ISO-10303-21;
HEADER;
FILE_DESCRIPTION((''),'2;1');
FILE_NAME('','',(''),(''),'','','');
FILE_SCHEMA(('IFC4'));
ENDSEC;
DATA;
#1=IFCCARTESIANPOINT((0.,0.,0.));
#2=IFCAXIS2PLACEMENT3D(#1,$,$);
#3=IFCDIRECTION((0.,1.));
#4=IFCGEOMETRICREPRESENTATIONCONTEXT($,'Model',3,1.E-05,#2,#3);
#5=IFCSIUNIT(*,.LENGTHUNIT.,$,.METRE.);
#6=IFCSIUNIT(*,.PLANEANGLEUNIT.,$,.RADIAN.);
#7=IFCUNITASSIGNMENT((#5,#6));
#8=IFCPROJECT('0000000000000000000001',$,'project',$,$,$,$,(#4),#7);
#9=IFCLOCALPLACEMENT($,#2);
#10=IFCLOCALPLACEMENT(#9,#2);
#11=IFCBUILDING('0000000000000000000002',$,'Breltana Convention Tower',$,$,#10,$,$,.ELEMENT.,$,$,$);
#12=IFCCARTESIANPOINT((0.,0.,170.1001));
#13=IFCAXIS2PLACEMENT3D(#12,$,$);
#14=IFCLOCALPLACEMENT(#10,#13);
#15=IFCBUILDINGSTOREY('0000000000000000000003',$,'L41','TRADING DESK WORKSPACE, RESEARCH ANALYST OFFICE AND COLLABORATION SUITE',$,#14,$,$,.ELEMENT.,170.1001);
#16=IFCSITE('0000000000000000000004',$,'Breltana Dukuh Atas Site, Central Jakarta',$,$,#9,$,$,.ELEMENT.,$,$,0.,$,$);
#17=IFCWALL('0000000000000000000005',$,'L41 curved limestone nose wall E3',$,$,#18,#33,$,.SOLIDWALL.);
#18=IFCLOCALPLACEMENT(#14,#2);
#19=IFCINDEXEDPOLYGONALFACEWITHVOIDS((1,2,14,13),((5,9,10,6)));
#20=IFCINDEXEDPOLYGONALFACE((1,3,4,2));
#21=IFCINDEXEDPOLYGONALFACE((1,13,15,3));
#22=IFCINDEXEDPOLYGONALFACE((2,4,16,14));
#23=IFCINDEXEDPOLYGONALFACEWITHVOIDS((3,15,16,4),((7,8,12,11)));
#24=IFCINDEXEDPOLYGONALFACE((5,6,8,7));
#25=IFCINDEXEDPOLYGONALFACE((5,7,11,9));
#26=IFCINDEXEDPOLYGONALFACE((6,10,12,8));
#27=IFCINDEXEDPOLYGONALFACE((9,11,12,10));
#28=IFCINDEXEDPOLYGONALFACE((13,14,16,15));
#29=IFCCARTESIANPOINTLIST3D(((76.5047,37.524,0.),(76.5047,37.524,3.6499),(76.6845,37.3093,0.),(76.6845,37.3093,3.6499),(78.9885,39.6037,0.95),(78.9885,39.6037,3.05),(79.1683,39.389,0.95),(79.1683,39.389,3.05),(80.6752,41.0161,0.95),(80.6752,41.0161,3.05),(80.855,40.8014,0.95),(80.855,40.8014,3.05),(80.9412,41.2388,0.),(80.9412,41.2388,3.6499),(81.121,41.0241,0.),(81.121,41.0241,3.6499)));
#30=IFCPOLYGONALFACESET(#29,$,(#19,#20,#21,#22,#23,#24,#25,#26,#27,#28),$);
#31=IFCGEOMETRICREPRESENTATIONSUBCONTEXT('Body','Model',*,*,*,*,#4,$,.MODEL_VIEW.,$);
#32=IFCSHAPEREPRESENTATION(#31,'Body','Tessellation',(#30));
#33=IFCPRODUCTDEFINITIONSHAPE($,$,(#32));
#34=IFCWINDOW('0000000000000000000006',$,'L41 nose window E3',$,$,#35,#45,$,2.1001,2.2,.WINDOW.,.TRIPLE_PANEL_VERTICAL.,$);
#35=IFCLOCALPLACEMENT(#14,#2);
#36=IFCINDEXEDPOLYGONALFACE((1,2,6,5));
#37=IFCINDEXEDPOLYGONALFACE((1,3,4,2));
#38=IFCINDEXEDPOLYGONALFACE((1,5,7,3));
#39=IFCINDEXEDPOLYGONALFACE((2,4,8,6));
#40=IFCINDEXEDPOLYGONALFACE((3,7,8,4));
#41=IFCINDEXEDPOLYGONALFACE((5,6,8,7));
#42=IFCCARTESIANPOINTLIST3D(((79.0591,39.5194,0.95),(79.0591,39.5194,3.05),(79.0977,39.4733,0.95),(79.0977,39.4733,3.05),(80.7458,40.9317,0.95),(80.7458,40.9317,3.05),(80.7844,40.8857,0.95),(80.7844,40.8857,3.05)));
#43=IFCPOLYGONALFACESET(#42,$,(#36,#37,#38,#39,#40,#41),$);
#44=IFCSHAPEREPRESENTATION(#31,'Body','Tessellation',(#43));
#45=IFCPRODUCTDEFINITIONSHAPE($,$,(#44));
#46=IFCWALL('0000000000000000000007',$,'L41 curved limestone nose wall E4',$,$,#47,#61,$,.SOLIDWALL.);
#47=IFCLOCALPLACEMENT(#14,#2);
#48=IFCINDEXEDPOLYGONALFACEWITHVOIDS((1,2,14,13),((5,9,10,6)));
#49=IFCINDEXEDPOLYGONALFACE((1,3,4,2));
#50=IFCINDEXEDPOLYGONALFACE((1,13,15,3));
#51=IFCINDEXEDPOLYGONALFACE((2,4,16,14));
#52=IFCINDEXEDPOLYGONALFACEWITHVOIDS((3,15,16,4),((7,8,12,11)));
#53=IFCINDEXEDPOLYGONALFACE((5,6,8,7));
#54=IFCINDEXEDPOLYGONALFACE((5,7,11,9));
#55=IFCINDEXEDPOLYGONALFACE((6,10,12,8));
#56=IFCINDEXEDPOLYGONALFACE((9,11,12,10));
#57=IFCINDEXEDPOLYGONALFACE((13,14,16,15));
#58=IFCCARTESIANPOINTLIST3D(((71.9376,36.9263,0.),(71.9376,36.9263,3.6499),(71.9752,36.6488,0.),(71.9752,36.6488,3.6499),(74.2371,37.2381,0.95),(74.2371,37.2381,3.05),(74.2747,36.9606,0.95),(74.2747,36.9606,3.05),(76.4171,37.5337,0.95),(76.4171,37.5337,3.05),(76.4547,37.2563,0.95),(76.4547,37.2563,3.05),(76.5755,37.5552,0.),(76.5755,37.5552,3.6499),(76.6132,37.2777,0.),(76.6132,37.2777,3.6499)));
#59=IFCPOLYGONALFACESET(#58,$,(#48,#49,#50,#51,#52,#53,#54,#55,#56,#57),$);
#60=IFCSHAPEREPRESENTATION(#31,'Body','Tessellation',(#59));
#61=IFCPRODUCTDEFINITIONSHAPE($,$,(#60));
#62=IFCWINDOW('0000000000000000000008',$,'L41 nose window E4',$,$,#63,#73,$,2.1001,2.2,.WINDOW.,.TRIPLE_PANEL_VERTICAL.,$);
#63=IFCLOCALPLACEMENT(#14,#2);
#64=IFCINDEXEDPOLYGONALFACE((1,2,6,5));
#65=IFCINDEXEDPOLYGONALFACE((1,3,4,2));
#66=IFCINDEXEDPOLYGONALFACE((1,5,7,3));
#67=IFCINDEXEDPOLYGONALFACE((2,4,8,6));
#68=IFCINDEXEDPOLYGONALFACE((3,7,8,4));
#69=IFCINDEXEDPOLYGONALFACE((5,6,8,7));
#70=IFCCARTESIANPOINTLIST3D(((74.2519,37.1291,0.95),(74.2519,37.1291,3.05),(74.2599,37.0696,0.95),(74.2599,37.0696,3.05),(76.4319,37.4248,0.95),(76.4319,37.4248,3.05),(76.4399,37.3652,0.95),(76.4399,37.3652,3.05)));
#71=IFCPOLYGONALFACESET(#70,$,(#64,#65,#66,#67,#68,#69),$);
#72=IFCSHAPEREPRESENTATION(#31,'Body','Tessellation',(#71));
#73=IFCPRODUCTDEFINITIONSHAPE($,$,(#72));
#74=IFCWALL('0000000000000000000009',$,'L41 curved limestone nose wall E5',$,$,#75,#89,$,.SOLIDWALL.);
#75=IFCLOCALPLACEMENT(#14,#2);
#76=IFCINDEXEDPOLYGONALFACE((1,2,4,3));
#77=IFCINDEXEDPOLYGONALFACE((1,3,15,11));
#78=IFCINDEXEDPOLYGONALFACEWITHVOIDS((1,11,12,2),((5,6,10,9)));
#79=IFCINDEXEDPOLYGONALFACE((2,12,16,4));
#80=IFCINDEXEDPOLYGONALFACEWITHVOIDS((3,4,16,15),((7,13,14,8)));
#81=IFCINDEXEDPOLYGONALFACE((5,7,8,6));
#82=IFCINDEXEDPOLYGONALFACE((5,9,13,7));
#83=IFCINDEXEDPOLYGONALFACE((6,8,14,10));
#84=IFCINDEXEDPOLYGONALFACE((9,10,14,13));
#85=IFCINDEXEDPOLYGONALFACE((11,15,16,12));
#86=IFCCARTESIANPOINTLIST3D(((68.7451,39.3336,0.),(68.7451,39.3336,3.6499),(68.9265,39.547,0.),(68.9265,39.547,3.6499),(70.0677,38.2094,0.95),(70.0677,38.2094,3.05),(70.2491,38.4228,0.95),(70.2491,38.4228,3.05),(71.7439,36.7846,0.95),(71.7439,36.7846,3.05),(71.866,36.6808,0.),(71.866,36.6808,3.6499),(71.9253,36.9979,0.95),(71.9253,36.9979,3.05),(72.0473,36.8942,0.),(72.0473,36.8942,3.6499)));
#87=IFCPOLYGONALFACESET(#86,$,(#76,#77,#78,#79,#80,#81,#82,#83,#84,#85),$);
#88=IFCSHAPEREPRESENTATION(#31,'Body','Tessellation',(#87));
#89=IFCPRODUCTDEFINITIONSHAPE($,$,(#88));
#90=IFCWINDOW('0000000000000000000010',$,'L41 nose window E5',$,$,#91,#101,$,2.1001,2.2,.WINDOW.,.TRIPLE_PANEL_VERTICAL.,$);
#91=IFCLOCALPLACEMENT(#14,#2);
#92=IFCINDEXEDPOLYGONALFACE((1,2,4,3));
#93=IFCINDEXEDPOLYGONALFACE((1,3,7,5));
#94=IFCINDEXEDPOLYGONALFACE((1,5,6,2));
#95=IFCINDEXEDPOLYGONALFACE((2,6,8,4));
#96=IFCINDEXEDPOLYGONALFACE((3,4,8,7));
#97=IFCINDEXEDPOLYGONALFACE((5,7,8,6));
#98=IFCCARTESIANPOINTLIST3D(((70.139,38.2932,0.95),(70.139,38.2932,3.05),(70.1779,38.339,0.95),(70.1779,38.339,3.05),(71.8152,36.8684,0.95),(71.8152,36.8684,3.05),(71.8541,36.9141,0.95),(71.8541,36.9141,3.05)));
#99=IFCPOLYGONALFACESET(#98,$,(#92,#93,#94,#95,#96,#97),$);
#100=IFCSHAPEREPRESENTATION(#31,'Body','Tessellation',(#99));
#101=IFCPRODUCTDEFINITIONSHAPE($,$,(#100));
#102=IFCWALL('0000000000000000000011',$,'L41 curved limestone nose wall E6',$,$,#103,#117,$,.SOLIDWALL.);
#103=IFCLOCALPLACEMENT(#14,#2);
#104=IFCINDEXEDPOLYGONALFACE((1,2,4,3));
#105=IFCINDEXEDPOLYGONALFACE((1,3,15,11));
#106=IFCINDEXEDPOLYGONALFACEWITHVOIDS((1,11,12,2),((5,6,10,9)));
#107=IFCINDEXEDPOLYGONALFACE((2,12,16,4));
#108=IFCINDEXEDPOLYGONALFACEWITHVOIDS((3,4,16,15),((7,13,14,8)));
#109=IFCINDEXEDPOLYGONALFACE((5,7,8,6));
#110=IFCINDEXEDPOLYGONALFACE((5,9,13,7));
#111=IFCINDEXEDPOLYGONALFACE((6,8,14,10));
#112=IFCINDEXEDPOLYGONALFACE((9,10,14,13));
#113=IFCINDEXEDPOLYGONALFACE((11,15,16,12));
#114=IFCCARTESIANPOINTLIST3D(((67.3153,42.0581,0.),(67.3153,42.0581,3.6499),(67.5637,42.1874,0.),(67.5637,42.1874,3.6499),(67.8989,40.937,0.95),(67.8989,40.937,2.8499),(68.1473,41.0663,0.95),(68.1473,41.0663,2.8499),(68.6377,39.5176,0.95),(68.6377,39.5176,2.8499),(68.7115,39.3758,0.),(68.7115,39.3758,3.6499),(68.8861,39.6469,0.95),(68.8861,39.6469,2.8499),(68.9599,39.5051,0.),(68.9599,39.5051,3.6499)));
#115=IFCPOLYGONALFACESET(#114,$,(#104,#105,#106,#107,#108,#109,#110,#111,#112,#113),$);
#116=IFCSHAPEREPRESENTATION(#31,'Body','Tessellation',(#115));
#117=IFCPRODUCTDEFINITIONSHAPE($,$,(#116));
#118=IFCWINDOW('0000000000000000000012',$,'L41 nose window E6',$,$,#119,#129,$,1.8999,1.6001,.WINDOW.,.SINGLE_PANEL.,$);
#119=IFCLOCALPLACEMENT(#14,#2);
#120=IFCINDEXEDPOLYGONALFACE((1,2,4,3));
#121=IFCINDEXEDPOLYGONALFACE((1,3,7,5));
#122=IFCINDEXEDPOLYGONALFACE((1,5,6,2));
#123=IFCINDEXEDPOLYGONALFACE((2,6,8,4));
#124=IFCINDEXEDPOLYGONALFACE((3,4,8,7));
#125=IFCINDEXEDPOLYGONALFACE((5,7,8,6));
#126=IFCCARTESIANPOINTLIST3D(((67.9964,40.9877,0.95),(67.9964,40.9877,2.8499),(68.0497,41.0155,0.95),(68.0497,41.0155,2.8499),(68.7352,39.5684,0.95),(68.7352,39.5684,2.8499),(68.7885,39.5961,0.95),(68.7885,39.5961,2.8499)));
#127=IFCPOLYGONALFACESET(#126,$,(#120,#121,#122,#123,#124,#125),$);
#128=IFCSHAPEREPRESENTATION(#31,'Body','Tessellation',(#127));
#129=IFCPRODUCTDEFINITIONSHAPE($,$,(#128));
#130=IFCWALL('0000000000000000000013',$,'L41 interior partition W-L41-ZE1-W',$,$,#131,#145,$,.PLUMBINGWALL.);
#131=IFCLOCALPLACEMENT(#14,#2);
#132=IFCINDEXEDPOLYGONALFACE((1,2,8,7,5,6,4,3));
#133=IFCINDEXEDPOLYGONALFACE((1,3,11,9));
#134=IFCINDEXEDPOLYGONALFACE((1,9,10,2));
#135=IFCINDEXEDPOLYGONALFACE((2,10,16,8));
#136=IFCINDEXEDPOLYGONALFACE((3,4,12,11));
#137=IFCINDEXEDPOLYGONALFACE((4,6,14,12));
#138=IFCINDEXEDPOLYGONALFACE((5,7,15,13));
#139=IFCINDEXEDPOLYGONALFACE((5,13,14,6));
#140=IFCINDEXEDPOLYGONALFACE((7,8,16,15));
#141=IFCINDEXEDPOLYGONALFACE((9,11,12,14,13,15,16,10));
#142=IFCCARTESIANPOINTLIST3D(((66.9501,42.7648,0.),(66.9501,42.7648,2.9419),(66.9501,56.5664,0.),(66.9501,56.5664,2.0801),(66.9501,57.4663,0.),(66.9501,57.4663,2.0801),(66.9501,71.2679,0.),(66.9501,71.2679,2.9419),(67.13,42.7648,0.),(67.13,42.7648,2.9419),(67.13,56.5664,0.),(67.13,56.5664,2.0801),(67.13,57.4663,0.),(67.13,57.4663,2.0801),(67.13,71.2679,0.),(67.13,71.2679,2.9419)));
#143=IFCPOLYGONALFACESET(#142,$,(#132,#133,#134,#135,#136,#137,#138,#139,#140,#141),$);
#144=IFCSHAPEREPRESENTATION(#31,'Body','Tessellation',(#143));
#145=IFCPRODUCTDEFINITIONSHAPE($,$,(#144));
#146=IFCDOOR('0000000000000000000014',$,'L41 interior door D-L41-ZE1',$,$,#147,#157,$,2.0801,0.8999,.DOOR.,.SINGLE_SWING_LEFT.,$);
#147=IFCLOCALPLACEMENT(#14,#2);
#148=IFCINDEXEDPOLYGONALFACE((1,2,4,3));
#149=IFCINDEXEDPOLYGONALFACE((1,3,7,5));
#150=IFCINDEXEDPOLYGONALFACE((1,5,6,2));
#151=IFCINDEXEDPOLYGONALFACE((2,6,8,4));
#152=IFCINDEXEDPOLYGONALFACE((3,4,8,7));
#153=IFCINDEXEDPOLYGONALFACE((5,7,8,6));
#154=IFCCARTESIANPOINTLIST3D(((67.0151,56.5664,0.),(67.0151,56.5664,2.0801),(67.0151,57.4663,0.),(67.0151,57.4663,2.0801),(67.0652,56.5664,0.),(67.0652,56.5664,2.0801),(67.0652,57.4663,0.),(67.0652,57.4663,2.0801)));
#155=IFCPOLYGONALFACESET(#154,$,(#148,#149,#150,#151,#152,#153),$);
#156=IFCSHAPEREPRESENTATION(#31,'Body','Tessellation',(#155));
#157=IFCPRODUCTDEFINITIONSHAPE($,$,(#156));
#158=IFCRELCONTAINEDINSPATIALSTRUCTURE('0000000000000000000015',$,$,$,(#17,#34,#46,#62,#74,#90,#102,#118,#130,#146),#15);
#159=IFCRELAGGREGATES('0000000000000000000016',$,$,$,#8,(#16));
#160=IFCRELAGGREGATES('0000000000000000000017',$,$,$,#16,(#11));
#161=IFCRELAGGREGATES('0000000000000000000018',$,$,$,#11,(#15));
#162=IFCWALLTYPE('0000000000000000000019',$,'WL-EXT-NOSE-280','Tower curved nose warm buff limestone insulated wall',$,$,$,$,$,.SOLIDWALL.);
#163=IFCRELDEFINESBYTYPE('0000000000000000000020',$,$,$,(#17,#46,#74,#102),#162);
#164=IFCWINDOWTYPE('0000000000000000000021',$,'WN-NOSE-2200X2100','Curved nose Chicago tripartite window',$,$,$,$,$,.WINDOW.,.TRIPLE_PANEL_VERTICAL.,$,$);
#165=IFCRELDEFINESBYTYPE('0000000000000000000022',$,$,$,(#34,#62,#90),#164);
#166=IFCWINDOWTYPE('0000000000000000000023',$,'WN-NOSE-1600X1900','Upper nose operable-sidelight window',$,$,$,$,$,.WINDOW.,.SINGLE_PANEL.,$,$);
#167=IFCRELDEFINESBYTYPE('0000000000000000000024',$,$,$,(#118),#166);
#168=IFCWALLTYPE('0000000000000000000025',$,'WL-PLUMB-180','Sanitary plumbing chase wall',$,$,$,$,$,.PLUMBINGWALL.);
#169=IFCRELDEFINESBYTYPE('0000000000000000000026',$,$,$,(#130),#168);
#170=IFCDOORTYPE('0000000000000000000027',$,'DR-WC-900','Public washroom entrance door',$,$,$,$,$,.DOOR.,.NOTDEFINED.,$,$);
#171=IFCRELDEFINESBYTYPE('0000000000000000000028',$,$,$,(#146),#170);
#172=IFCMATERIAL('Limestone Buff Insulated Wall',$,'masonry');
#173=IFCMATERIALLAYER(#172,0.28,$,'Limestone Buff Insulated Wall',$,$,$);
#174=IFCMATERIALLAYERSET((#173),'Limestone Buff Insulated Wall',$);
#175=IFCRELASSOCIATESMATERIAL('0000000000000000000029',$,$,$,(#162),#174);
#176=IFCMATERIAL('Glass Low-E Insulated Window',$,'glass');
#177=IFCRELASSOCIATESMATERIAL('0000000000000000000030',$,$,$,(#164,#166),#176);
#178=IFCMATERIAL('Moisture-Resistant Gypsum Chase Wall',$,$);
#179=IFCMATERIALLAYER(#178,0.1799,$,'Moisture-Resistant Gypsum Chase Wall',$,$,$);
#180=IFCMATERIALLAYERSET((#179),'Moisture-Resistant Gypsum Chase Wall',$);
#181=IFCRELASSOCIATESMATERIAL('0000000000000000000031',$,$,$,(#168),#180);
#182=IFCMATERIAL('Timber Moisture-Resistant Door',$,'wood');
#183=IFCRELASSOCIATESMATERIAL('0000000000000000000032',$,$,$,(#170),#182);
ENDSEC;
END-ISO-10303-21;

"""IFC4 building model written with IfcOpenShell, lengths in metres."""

from ifc_helpers import new_model, si_unit, direction, frame, frame_2d, origin, place, context, subcontext, project, spatial, rectangle, extrude, source, transform, mapped, material, layer, layer_set, type_object, type_shapes, element, fill, save


model = new_model("IFC4")

# Units and contexts
model_context = context("Model", 3, precision=1e-05, world=origin(), true_north=direction((0.0, 1.0)))
body_context = subcontext(model_context, "Body", "Model", "MODEL_VIEW")
ifc_project = project(units=[si_unit("LENGTHUNIT", "METRE"), si_unit("PLANEANGLEUNIT", "RADIAN")], contexts=[model_context])

# Site, building, storey
site_placement = place(None, origin())
site = spatial("IfcSite", under=ifc_project, at=site_placement, Name="Breltana Dukuh Atas Site, Central Jakarta", CompositionType="ELEMENT", RefElevation=0.0)
building_placement = place(site_placement, origin())
building = spatial("IfcBuilding", under=site, at=building_placement, Name="Breltana Convention Tower", CompositionType="ELEMENT")
storey_placement = place(building_placement, frame((0.0, 0.0, 170.1001)))
storey = spatial("IfcBuildingStorey", under=building, at=storey_placement, Name="L41", Description="TRADING DESK WORKSPACE, RESEARCH ANALYST OFFICE AND COLLABORATION SUITE", CompositionType="ELEMENT", Elevation=170.1001)

# Walls, openings, windows
ifc_material_1 = material(Name="Limestone Buff Insulated Wall", Category="masonry")
ifc_layer_1 = layer(ifc_material_1, 0.28, Name="Limestone Buff Insulated Wall")
ifc_layer_set_1 = layer_set([ifc_layer_1], Name="Limestone Buff Insulated Wall")
wall_type_1 = type_object("IfcWallType", Name="WL-EXT-NOSE-280", Description="Tower curved nose warm buff limestone insulated wall", PredefinedType="SOLIDWALL", material=ifc_layer_set_1)
shared_shape_1 = source(origin(), body_context, "Body", "SweptSolid", [
    extrude(rectangle(XDim=5.7864, YDim=0.28, at=frame_2d((2.8931, 0.0))), origin(), (0.0, 0.0, 1.0), 3.6499),
])
wall_1_placement = place(storey_placement, frame((81.031, 41.1313, 0.0), z_axis=(0.0, 0.0, 1.0), x_axis=(-0.766711, -0.641992, 0.0)))
wall_1 = element("IfcWall", 1, at=wall_1_placement, inside=storey, type_object=wall_type_1, Name="L41 curved limestone nose wall E3", PredefinedType="SOLIDWALL", context=body_context, shape_type="MappedRepresentation", body=[
    mapped(shared_shape_1, transform((0.0, 0.0, 0.0), scale=1.0)),
])
opening_1_placement = place(wall_1_placement, frame((0.3467, 0.0, 0.95)))
opening_1 = element("IfcOpeningElement", 2, at=opening_1_placement, cuts=wall_1, PredefinedType="OPENING", context=body_context, shape_type="SweptSolid", body=[
    extrude(rectangle(XDim=2.2, YDim=2.1001, at=frame_2d((1.1001, 1.05))), frame((0.0, 0.1499, 0.0), z_axis=(0.0, -1.0, 0.0), x_axis=(1.0, 0.0, 0.0)), (0.0, 0.0, 1.0), 0.3),
])
ifc_material_2 = material(Name="Glass Low-E Insulated Window", Category="glass")
window_type_1 = type_object("IfcWindowType", Name="WN-NOSE-2200X2100", Description="Curved nose Chicago tripartite window", PartitioningType="TRIPLE_PANEL_VERTICAL", PredefinedType="WINDOW", material=ifc_material_2)
shared_shape_2 = source(origin(), body_context, "Body", "SweptSolid", [
    extrude(rectangle(XDim=2.2, YDim=2.1001, at=frame_2d((1.1001, 1.05))), frame((0.0, 0.03, 0.0), z_axis=(0.0, -1.0, 0.0), x_axis=(1.0, 0.0, 0.0)), (0.0, 0.0, 1.0), 0.0601),
])
type_shapes(window_type_1, [shared_shape_2])
window_1_placement = place(opening_1_placement, origin())
window_1 = element("IfcWindow", 3, at=window_1_placement, inside=storey, type_object=window_type_1, Name="L41 nose window E3", OverallHeight=2.1001, OverallWidth=2.2, PartitioningType="TRIPLE_PANEL_VERTICAL", PredefinedType="WINDOW", context=body_context, shape_type="MappedRepresentation", body=[
    mapped(shared_shape_2, transform((0.0, 0.0, 0.0), scale=1.0)),
])
fill(opening_1, window_1)
shared_shape_3 = source(origin(), body_context, "Body", "SweptSolid", [
    extrude(rectangle(XDim=4.6804, YDim=0.28, at=frame_2d((2.3403, 0.0))), origin(), (0.0, 0.0, 1.0), 3.6499),
])
wall_2_placement = place(storey_placement, frame((76.5945, 37.4165, 0.0), z_axis=(0.0, 0.0, 1.0), x_axis=(-0.990931, -0.134371, 0.0)))
wall_2 = element("IfcWall", 4, at=wall_2_placement, inside=storey, type_object=wall_type_1, Name="L41 curved limestone nose wall E4", PredefinedType="SOLIDWALL", context=body_context, shape_type="MappedRepresentation", body=[
    mapped(shared_shape_3, transform((0.0, 0.0, 0.0), scale=1.0)),
])
opening_2_placement = place(wall_2_placement, frame((0.1599, 0.0, 0.95)))
opening_2 = element("IfcOpeningElement", 5, at=opening_2_placement, cuts=wall_2, PredefinedType="OPENING", context=body_context, shape_type="SweptSolid", body=[
    extrude(rectangle(XDim=2.2, YDim=2.1001, at=frame_2d((1.1001, 1.05))), frame((0.0, 0.1499, 0.0), z_axis=(0.0, -1.0, 0.0), x_axis=(1.0, 0.0, 0.0)), (0.0, 0.0, 1.0), 0.3),
])
window_2_placement = place(opening_2_placement, origin())
window_2 = element("IfcWindow", 6, at=window_2_placement, inside=storey, type_object=window_type_1, Name="L41 nose window E4", OverallHeight=2.1001, OverallWidth=2.2, PartitioningType="TRIPLE_PANEL_VERTICAL", PredefinedType="WINDOW", context=body_context, shape_type="MappedRepresentation", body=[
    mapped(shared_shape_2, transform((0.0, 0.0, 0.0), scale=1.0)),
])
fill(opening_2, window_2)
shared_shape_4 = source(origin(), body_context, "Body", "SweptSolid", [
    extrude(rectangle(XDim=4.0959, YDim=0.28, at=frame_2d((2.0479, 0.0))), origin(), (0.0, 0.0, 1.0), 3.6499),
])
wall_3_placement = place(storey_placement, frame((71.9565, 36.7876, 0.0), z_axis=(0.0, 0.0, 1.0), x_axis=(-0.761926, 0.647664, 0.0)))
wall_3 = element("IfcWall", 7, at=wall_3_placement, inside=storey, type_object=wall_type_1, Name="L41 curved limestone nose wall E5", PredefinedType="SOLIDWALL", context=body_context, shape_type="MappedRepresentation", body=[
    mapped(shared_shape_4, transform((0.0, 0.0, 0.0), scale=1.0)),
])
opening_3_placement = place(wall_3_placement, frame((0.1599, 0.0, 0.95)))
opening_3 = element("IfcOpeningElement", 8, at=opening_3_placement, cuts=wall_3, PredefinedType="OPENING", context=body_context, shape_type="SweptSolid", body=[
    extrude(rectangle(XDim=2.2, YDim=2.1001, at=frame_2d((1.1001, 1.05))), frame((0.0, 0.1499, 0.0), z_axis=(0.0, -1.0, 0.0), x_axis=(1.0, 0.0, 0.0)), (0.0, 0.0, 1.0), 0.3),
])
window_3_placement = place(opening_3_placement, origin())
window_3 = element("IfcWindow", 9, at=window_3_placement, inside=storey, type_object=window_type_1, Name="L41 nose window E5", OverallHeight=2.1001, OverallWidth=2.2, PartitioningType="TRIPLE_PANEL_VERTICAL", PredefinedType="WINDOW", context=body_context, shape_type="MappedRepresentation", body=[
    mapped(shared_shape_2, transform((0.0, 0.0, 0.0), scale=1.0)),
])
fill(opening_3, window_3)
shared_shape_5 = source(origin(), body_context, "Body", "SweptSolid", [
    extrude(rectangle(XDim=3.0239, YDim=0.28, at=frame_2d((1.512, 0.0))), origin(), (0.0, 0.0, 1.0), 3.6499),
])
wall_4_placement = place(storey_placement, frame((68.8357, 39.4404, 0.0), z_axis=(0.0, 0.0, 1.0), x_axis=(-0.461719, 0.887026, 0.0)))
wall_4 = element("IfcWall", 10, at=wall_4_placement, inside=storey, type_object=wall_type_1, Name="L41 curved limestone nose wall E6", PredefinedType="SOLIDWALL", context=body_context, shape_type="MappedRepresentation", body=[
    mapped(shared_shape_5, transform((0.0, 0.0, 0.0), scale=1.0)),
])
opening_4_placement = place(wall_4_placement, frame((0.1599, 0.0, 0.95)))
opening_4 = element("IfcOpeningElement", 11, at=opening_4_placement, cuts=wall_4, PredefinedType="OPENING", context=body_context, shape_type="SweptSolid", body=[
    extrude(rectangle(XDim=1.6001, YDim=1.8999, at=frame_2d((0.8, 0.95))), frame((0.0, 0.1499, 0.0), z_axis=(0.0, -1.0, 0.0), x_axis=(1.0, 0.0, 0.0)), (0.0, 0.0, 1.0), 0.3),
])
window_type_2 = type_object("IfcWindowType", Name="WN-NOSE-1600X1900", Description="Upper nose operable-sidelight window", PartitioningType="SINGLE_PANEL", PredefinedType="WINDOW", material=ifc_material_2)
shared_shape_6 = source(origin(), body_context, "Body", "SweptSolid", [
    extrude(rectangle(XDim=1.6001, YDim=1.8999, at=frame_2d((0.8, 0.95))), frame((0.0, 0.03, 0.0), z_axis=(0.0, -1.0, 0.0), x_axis=(1.0, 0.0, 0.0)), (0.0, 0.0, 1.0), 0.0601),
])
type_shapes(window_type_2, [shared_shape_6])
window_4_placement = place(opening_4_placement, origin())
window_4 = element("IfcWindow", 12, at=window_4_placement, inside=storey, type_object=window_type_2, Name="L41 nose window E6", OverallHeight=1.8999, OverallWidth=1.6001, PartitioningType="SINGLE_PANEL", PredefinedType="WINDOW", context=body_context, shape_type="MappedRepresentation", body=[
    mapped(shared_shape_6, transform((0.0, 0.0, 0.0), scale=1.0)),
])
fill(opening_4, window_4)

# Wall, opening, door
ifc_material_3 = material(Name="Moisture-Resistant Gypsum Chase Wall")
ifc_layer_2 = layer(ifc_material_3, 0.1799, Name="Moisture-Resistant Gypsum Chase Wall")
ifc_layer_set_2 = layer_set([ifc_layer_2], Name="Moisture-Resistant Gypsum Chase Wall")
wall_type_2 = type_object("IfcWallType", Name="WL-PLUMB-180", Description="Sanitary plumbing chase wall", PredefinedType="PLUMBINGWALL", material=ifc_layer_set_2)
shared_shape_7 = source(origin(), body_context, "Body", "SweptSolid", [
    extrude(rectangle(XDim=28.5032, YDim=0.1799, at=frame_2d((14.2515, 0.0))), origin(), (0.0, 0.0, 1.0), 2.9419),
])
wall_5_placement = place(storey_placement, frame((67.04, 42.7649, 0.0), z_axis=(0.0, 0.0, 1.0), x_axis=(0.0, 1.0, 0.0)))
wall_5 = element("IfcWall", 13, at=wall_5_placement, inside=storey, type_object=wall_type_2, Name="L41 interior partition W-L41-ZE1-W", PredefinedType="PLUMBINGWALL", context=body_context, shape_type="MappedRepresentation", body=[
    mapped(shared_shape_7, transform((0.0, 0.0, 0.0), scale=1.0)),
])
opening_5_placement = place(wall_5_placement, frame((13.8015, 0.0, 0.0)))
opening_5 = element("IfcOpeningElement", 14, at=opening_5_placement, cuts=wall_5, PredefinedType="OPENING", context=body_context, shape_type="SweptSolid", body=[
    extrude(rectangle(XDim=0.8999, YDim=2.0801, at=frame_2d((0.45, 1.04))), frame((0.0, 0.1001, 0.0), z_axis=(0.0, -1.0, 0.0), x_axis=(1.0, 0.0, 0.0)), (0.0, 0.0, 1.0), 0.2),
])
ifc_material_4 = material(Name="Timber Moisture-Resistant Door", Category="wood")
door_type = type_object("IfcDoorType", Name="DR-WC-900", Description="Public washroom entrance door", OperationType="NOTDEFINED", PredefinedType="DOOR", material=ifc_material_4)
shared_shape_8 = source(origin(), body_context, "Body", "SweptSolid", [
    extrude(rectangle(XDim=0.8999, YDim=2.0801, at=frame_2d((0.45, 1.04))), frame((0.0, 0.0249, 0.0), z_axis=(0.0, -1.0, 0.0), x_axis=(1.0, 0.0, 0.0)), (0.0, 0.0, 1.0), 0.05),
])
type_shapes(door_type, [shared_shape_8])
door_placement = place(opening_5_placement, origin())
door = element("IfcDoor", 15, at=door_placement, inside=storey, type_object=door_type, Name="L41 interior door D-L41-ZE1", OperationType="SINGLE_SWING_LEFT", OverallHeight=2.0801, OverallWidth=0.8999, PredefinedType="DOOR", context=body_context, shape_type="MappedRepresentation", body=[
    mapped(shared_shape_8, transform((0.0, 0.0, 0.0), scale=1.0)),
])
fill(opening_5, door)

save(model, "model.ifc")
